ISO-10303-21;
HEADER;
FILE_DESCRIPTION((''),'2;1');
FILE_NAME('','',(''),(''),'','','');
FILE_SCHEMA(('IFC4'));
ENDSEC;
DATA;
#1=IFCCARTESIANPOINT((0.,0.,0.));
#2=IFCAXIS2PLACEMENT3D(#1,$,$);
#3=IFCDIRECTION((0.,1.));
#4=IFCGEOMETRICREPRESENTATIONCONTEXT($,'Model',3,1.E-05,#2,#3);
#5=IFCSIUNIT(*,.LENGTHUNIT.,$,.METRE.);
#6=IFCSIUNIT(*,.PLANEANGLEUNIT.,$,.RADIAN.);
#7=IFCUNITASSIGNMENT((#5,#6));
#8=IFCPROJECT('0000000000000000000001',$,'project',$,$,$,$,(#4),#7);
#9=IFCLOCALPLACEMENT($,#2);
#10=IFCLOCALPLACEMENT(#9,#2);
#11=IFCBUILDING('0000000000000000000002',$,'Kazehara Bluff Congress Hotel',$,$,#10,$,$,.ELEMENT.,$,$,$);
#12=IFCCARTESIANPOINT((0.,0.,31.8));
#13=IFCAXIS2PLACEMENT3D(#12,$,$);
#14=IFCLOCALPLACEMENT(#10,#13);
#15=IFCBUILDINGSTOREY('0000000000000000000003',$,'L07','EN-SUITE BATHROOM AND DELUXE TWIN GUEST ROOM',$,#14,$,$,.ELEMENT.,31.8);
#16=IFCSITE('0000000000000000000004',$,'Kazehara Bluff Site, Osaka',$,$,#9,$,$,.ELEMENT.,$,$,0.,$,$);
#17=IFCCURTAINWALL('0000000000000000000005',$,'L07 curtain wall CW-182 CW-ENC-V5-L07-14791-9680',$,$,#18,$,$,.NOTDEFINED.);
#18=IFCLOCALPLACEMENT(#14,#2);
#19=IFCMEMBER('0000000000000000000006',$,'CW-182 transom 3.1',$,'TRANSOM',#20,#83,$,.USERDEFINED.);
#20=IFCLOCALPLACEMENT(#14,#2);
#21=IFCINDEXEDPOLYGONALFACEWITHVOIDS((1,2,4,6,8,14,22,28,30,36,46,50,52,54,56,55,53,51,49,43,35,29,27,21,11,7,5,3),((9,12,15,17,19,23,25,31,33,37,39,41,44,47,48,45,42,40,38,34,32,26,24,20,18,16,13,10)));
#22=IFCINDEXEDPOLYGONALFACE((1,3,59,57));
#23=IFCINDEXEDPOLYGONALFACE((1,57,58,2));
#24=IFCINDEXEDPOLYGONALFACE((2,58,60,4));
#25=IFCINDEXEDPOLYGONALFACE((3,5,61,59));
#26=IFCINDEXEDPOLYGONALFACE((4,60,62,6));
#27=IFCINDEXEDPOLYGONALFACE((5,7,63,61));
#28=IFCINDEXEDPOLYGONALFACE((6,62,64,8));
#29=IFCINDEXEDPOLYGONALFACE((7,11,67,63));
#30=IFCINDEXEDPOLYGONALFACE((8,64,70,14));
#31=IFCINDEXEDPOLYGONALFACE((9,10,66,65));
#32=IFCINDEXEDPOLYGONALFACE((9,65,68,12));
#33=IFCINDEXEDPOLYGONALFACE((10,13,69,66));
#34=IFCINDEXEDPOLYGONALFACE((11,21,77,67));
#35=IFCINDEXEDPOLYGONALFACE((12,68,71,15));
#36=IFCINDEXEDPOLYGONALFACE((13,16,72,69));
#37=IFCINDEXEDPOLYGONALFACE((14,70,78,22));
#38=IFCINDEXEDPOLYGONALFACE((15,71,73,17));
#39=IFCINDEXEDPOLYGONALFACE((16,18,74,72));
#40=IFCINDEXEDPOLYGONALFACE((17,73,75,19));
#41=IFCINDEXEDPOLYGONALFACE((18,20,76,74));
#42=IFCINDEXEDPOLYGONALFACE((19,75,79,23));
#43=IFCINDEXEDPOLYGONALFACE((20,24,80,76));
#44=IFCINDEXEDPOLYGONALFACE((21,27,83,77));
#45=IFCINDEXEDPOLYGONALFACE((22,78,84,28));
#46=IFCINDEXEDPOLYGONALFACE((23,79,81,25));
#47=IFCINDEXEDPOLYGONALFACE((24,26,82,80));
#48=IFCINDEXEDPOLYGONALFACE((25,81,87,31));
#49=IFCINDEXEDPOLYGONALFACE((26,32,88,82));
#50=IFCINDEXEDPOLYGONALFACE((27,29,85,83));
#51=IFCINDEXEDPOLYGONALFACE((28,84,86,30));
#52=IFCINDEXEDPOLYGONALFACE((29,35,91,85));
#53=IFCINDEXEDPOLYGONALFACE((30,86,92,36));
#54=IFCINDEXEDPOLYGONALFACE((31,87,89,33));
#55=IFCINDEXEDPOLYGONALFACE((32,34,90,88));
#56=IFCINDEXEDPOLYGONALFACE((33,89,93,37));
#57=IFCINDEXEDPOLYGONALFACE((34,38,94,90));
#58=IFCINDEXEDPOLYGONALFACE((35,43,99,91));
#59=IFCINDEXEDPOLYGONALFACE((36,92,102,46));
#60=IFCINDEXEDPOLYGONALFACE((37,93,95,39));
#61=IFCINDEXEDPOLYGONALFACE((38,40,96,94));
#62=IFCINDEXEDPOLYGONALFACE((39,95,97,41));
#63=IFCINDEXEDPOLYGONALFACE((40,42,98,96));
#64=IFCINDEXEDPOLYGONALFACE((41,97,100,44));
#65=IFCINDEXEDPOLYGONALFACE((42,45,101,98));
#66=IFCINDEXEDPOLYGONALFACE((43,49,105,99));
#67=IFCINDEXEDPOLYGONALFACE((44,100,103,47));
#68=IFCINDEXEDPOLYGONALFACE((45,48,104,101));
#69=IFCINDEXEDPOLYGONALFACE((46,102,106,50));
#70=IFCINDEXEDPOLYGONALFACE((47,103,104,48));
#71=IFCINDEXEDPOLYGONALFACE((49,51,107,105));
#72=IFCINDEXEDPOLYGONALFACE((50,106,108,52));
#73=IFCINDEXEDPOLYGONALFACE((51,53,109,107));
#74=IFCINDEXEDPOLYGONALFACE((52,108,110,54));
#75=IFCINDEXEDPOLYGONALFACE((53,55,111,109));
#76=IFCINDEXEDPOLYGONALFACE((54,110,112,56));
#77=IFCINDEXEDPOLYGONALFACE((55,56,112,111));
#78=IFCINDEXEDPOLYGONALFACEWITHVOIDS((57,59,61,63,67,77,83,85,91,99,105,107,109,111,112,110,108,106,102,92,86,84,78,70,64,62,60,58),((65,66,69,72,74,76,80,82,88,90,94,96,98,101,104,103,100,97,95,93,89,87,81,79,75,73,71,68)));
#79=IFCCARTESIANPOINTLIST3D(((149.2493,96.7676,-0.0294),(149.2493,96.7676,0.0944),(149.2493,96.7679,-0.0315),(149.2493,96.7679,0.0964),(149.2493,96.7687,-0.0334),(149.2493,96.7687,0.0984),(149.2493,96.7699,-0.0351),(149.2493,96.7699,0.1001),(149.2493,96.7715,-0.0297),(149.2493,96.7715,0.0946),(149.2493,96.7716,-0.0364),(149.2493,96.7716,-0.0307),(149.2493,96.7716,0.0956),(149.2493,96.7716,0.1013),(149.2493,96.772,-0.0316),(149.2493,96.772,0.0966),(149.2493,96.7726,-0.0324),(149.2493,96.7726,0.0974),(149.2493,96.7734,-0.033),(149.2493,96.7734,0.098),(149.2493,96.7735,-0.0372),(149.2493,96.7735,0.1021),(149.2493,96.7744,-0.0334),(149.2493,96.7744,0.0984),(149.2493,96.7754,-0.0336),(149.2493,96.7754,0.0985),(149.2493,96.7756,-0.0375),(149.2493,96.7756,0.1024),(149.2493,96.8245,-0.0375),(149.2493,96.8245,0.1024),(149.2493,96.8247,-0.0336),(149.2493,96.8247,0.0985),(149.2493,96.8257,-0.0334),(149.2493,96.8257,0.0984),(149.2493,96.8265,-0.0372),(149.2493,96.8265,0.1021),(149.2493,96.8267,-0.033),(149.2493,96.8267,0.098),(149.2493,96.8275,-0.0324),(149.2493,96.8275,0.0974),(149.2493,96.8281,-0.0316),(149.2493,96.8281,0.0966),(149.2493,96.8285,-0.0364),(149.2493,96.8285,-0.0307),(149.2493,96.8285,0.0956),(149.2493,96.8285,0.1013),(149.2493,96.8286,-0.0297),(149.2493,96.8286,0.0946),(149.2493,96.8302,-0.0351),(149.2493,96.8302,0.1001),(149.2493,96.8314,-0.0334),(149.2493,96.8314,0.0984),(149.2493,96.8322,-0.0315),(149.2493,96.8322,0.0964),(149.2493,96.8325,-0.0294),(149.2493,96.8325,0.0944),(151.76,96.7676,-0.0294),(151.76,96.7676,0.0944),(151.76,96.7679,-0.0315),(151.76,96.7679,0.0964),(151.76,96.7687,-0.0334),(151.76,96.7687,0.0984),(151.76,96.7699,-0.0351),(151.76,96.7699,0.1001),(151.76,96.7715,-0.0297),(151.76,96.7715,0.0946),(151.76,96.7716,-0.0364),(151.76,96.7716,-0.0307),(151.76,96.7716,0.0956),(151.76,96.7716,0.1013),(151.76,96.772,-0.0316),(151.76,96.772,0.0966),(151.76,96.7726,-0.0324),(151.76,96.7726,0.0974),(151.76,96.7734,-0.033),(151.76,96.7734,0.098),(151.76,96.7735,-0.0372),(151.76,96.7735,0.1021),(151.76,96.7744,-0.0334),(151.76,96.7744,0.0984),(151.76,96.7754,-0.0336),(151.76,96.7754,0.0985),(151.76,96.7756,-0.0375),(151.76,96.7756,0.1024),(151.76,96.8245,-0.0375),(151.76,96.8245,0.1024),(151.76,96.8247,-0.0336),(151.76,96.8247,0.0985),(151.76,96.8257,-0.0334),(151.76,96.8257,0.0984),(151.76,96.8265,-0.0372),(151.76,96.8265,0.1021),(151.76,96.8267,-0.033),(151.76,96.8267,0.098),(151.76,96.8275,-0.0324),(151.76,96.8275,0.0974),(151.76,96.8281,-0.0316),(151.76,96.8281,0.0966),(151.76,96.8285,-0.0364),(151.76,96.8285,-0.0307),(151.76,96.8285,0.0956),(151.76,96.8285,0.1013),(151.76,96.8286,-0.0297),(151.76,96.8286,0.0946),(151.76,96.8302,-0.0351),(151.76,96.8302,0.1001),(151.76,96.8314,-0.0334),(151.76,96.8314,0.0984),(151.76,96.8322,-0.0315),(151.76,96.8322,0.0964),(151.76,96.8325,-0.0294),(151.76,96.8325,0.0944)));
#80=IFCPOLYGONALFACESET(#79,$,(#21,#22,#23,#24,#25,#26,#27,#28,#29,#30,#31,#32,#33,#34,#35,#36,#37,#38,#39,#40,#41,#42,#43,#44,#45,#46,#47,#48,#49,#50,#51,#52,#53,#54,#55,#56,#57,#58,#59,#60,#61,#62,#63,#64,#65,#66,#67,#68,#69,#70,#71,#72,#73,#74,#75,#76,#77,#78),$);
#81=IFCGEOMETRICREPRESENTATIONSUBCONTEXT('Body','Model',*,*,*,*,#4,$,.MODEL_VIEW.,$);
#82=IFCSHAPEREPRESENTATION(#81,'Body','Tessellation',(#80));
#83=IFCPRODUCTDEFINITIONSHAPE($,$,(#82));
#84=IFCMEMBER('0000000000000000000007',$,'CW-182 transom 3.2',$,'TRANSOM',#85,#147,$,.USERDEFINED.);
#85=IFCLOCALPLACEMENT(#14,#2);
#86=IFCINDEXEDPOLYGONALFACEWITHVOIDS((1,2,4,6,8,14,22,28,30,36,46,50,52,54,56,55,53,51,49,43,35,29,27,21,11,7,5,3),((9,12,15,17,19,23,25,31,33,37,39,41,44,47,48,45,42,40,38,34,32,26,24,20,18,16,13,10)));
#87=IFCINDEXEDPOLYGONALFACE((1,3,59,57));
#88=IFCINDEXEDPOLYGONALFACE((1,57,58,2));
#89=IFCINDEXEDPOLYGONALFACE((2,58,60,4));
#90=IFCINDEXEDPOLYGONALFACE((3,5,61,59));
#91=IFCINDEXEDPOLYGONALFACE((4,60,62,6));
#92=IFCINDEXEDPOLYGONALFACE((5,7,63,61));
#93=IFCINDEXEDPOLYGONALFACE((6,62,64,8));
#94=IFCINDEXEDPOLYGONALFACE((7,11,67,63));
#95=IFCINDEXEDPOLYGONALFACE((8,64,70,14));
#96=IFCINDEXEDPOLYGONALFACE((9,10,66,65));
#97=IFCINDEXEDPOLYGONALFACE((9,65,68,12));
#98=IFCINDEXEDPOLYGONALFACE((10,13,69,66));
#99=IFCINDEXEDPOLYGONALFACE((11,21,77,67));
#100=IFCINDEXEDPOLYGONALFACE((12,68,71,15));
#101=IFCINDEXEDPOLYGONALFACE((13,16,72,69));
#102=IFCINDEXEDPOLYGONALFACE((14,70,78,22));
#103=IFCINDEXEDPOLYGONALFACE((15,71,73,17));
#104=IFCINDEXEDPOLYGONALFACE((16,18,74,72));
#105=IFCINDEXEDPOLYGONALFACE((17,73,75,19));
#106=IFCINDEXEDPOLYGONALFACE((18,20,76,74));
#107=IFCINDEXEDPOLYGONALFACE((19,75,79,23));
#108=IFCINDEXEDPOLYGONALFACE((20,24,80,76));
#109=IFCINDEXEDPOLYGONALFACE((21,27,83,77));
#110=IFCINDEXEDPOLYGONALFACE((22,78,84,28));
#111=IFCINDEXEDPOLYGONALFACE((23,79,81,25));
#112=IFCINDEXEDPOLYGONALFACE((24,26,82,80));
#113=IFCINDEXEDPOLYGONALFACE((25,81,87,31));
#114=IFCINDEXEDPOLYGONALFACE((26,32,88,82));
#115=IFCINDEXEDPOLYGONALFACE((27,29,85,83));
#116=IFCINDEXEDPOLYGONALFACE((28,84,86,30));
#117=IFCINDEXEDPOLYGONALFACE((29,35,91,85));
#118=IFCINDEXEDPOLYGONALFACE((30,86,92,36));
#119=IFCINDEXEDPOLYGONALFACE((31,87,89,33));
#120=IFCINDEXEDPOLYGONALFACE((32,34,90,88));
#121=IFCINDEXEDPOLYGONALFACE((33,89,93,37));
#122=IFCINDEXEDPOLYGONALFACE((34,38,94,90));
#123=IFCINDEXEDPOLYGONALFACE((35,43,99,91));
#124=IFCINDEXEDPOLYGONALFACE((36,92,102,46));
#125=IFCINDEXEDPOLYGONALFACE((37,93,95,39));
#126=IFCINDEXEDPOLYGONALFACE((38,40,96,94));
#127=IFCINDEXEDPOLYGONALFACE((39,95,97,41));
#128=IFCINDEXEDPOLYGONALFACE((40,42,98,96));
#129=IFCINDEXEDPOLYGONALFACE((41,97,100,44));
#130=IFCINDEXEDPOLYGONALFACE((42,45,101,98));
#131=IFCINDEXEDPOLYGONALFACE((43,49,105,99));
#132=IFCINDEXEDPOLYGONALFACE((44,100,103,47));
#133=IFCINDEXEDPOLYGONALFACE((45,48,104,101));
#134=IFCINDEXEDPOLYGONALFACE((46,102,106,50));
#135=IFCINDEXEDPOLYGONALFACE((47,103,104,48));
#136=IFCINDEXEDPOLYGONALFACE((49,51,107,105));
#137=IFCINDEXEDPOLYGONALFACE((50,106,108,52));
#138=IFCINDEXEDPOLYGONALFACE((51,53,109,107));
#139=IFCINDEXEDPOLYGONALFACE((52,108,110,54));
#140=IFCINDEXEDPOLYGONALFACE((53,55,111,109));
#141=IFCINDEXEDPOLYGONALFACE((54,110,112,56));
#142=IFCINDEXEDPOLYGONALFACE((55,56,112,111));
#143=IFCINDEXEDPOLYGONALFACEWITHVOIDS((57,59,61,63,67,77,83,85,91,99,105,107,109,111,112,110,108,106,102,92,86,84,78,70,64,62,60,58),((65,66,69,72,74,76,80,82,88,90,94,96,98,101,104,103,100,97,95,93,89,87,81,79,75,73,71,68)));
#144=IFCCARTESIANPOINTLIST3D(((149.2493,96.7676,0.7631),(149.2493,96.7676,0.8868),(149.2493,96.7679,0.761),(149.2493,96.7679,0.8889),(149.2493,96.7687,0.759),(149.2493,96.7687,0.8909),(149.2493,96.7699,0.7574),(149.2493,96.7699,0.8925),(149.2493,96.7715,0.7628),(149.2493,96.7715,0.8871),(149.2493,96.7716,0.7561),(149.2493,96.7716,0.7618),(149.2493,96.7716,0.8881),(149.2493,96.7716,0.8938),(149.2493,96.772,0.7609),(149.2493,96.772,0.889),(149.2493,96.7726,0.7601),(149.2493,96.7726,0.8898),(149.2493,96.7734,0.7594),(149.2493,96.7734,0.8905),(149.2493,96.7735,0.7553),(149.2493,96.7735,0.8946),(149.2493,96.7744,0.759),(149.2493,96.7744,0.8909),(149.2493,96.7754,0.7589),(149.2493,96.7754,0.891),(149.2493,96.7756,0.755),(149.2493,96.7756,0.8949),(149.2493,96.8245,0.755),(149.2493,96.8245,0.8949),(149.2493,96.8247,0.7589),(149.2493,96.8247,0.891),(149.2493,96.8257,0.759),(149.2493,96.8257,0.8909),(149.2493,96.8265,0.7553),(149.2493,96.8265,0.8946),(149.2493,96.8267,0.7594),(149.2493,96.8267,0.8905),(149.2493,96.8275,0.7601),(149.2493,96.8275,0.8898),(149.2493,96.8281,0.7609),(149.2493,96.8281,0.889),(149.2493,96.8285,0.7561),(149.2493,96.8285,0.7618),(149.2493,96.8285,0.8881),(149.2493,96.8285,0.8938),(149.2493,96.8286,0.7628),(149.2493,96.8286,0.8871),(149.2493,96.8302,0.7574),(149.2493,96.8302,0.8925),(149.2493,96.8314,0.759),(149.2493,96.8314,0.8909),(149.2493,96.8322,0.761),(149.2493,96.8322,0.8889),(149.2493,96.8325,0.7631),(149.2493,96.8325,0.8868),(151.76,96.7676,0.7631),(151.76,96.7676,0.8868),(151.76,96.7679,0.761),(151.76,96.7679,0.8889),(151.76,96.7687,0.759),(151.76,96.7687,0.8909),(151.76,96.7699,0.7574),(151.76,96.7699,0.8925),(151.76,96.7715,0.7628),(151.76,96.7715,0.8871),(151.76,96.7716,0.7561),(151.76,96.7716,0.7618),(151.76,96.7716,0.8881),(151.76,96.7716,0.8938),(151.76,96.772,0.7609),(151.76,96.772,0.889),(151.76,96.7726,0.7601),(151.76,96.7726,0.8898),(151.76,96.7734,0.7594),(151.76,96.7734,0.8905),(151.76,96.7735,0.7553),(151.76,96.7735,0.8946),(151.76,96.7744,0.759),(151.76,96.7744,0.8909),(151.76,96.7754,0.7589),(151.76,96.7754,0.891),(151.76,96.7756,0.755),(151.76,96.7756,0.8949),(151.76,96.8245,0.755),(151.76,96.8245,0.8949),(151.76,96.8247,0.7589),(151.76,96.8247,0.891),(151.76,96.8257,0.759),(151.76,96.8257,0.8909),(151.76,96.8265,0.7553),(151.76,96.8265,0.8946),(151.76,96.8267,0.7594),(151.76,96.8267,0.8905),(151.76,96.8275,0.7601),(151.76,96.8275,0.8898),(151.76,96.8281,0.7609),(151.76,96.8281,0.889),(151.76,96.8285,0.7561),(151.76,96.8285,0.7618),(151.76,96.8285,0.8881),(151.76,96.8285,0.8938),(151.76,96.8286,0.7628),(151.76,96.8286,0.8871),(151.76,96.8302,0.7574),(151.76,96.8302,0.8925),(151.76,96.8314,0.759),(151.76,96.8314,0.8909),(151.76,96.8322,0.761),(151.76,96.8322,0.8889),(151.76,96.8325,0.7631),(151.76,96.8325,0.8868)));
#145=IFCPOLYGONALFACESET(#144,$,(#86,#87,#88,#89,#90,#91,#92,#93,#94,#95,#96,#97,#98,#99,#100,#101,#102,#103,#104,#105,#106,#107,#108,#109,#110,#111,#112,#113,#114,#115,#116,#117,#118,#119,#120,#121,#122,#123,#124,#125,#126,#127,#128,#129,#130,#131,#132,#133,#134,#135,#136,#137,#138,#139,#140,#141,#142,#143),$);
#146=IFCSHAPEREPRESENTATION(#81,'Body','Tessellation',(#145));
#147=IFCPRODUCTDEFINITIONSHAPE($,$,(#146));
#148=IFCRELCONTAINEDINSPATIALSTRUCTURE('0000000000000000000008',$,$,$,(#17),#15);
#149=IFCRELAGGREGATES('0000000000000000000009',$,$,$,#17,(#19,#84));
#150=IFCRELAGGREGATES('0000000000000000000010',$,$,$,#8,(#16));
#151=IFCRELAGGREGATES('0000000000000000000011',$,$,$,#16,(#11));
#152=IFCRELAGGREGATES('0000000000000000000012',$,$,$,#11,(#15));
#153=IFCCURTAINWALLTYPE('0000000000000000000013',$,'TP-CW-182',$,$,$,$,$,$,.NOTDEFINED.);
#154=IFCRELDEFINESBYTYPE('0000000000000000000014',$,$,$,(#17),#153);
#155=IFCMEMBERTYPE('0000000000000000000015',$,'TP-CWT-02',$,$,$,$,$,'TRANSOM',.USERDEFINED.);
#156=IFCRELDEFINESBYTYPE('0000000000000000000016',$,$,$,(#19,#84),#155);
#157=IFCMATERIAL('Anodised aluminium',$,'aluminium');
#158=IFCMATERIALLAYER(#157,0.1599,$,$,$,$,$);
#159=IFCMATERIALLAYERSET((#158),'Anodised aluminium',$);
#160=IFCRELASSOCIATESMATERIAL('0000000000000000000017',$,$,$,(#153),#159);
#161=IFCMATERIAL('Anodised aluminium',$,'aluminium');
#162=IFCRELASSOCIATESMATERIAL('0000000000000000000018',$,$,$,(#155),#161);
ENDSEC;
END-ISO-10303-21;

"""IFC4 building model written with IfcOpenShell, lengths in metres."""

from ifc_helpers import new_model, si_unit, direction, frame, origin, origin_2d, place, context, subcontext, project, spatial, hollow_rectangle, extrude, material, layer, layer_set, material_profile, profile_set, type_object, element, aggregate, save


model = new_model("IFC4")

# Units and contexts
model_context = context("Model", 3, precision=1e-05, world=origin(), true_north=direction((0.0, 1.0)))
body_context = subcontext(model_context, "Body", "Model", "MODEL_VIEW")
ifc_project = project(units=[si_unit("LENGTHUNIT", "METRE"), si_unit("PLANEANGLEUNIT", "RADIAN")], contexts=[model_context])

# Site, building, storey
site_placement = place(None, origin())
site = spatial("IfcSite", under=ifc_project, at=site_placement, Name="Kazehara Bluff Site, Osaka", CompositionType="ELEMENT", RefElevation=0.0)
building_placement = place(site_placement, origin())
building = spatial("IfcBuilding", under=site, at=building_placement, Name="Kazehara Bluff Congress Hotel", CompositionType="ELEMENT")
storey_placement = place(building_placement, frame((0.0, 0.0, 31.8)))
storey = spatial("IfcBuildingStorey", under=building, at=storey_placement, Name="L07", Description="EN-SUITE BATHROOM AND DELUXE TWIN GUEST ROOM", CompositionType="ELEMENT", Elevation=31.8)

# Curtain wall, members
ifc_material_1 = material(Name="Anodised aluminium", Category="aluminium")
ifc_layer_1 = layer(ifc_material_1, 0.1599)
ifc_layer_set_1 = layer_set([ifc_layer_1], Name="Anodised aluminium")
curtain_wall_type_1 = type_object("IfcCurtainWallType", Name="TP-CW-182", PredefinedType="NOTDEFINED", material=ifc_layer_set_1)
curtain_wall_1_placement = place(storey_placement, origin())
curtain_wall_1 = element("IfcCurtainWall", 1, at=curtain_wall_1_placement, inside=storey, type_object=curtain_wall_type_1, Name="L07 curtain wall CW-182 CW-ENC-V5-L07-14791-9680", PredefinedType="NOTDEFINED")
ifc_material_2 = material(Name="Anodised aluminium", Category="aluminium")
ifc_material_profile_1 = material_profile(ifc_material_2, hollow_rectangle(XDim=0.0649, YDim=0.1399, WallThickness=0.0039, InnerFilletRadius=0.0039, OuterFilletRadius=0.0081, at=origin_2d()))
ifc_profile_set_1 = profile_set([ifc_material_profile_1], Name="Anodised aluminium")
member_type_1 = type_object("IfcMemberType", Name="TP-CWT-02", ElementType="TRANSOM", PredefinedType="USERDEFINED", material=ifc_profile_set_1)
member_1_placement = place(storey_placement, frame((149.2493, 96.8, 0.0325), z_axis=(1.0, 0.0, 0.0), x_axis=(0.0, 1.0, 0.0)))
member_1 = element("IfcMember", 2, at=member_1_placement, type_object=member_type_1, Name="CW-182 transom 3.1", ObjectType="TRANSOM", PredefinedType="USERDEFINED", context=body_context, shape_type="SweptSolid", body=[
    extrude(hollow_rectangle(XDim=0.0649, YDim=0.1399, WallThickness=0.0039, InnerFilletRadius=0.0039, OuterFilletRadius=0.0081, at=origin_2d()), origin(), (0.0, 0.0, 1.0), 2.5107),
])
member_2_placement = place(storey_placement, frame((149.2493, 96.8, 0.825), z_axis=(1.0, 0.0, 0.0), x_axis=(0.0, 1.0, 0.0)))
member_2 = element("IfcMember", 3, at=member_2_placement, type_object=member_type_1, Name="CW-182 transom 3.2", ObjectType="TRANSOM", PredefinedType="USERDEFINED", context=body_context, shape_type="SweptSolid", body=[
    extrude(hollow_rectangle(XDim=0.0649, YDim=0.1399, WallThickness=0.0039, InnerFilletRadius=0.0039, OuterFilletRadius=0.0081, at=origin_2d()), origin(), (0.0, 0.0, 1.0), 2.5107),
])

aggregate(curtain_wall_1, [member_1, member_2])

save(model, "model.ifc")
